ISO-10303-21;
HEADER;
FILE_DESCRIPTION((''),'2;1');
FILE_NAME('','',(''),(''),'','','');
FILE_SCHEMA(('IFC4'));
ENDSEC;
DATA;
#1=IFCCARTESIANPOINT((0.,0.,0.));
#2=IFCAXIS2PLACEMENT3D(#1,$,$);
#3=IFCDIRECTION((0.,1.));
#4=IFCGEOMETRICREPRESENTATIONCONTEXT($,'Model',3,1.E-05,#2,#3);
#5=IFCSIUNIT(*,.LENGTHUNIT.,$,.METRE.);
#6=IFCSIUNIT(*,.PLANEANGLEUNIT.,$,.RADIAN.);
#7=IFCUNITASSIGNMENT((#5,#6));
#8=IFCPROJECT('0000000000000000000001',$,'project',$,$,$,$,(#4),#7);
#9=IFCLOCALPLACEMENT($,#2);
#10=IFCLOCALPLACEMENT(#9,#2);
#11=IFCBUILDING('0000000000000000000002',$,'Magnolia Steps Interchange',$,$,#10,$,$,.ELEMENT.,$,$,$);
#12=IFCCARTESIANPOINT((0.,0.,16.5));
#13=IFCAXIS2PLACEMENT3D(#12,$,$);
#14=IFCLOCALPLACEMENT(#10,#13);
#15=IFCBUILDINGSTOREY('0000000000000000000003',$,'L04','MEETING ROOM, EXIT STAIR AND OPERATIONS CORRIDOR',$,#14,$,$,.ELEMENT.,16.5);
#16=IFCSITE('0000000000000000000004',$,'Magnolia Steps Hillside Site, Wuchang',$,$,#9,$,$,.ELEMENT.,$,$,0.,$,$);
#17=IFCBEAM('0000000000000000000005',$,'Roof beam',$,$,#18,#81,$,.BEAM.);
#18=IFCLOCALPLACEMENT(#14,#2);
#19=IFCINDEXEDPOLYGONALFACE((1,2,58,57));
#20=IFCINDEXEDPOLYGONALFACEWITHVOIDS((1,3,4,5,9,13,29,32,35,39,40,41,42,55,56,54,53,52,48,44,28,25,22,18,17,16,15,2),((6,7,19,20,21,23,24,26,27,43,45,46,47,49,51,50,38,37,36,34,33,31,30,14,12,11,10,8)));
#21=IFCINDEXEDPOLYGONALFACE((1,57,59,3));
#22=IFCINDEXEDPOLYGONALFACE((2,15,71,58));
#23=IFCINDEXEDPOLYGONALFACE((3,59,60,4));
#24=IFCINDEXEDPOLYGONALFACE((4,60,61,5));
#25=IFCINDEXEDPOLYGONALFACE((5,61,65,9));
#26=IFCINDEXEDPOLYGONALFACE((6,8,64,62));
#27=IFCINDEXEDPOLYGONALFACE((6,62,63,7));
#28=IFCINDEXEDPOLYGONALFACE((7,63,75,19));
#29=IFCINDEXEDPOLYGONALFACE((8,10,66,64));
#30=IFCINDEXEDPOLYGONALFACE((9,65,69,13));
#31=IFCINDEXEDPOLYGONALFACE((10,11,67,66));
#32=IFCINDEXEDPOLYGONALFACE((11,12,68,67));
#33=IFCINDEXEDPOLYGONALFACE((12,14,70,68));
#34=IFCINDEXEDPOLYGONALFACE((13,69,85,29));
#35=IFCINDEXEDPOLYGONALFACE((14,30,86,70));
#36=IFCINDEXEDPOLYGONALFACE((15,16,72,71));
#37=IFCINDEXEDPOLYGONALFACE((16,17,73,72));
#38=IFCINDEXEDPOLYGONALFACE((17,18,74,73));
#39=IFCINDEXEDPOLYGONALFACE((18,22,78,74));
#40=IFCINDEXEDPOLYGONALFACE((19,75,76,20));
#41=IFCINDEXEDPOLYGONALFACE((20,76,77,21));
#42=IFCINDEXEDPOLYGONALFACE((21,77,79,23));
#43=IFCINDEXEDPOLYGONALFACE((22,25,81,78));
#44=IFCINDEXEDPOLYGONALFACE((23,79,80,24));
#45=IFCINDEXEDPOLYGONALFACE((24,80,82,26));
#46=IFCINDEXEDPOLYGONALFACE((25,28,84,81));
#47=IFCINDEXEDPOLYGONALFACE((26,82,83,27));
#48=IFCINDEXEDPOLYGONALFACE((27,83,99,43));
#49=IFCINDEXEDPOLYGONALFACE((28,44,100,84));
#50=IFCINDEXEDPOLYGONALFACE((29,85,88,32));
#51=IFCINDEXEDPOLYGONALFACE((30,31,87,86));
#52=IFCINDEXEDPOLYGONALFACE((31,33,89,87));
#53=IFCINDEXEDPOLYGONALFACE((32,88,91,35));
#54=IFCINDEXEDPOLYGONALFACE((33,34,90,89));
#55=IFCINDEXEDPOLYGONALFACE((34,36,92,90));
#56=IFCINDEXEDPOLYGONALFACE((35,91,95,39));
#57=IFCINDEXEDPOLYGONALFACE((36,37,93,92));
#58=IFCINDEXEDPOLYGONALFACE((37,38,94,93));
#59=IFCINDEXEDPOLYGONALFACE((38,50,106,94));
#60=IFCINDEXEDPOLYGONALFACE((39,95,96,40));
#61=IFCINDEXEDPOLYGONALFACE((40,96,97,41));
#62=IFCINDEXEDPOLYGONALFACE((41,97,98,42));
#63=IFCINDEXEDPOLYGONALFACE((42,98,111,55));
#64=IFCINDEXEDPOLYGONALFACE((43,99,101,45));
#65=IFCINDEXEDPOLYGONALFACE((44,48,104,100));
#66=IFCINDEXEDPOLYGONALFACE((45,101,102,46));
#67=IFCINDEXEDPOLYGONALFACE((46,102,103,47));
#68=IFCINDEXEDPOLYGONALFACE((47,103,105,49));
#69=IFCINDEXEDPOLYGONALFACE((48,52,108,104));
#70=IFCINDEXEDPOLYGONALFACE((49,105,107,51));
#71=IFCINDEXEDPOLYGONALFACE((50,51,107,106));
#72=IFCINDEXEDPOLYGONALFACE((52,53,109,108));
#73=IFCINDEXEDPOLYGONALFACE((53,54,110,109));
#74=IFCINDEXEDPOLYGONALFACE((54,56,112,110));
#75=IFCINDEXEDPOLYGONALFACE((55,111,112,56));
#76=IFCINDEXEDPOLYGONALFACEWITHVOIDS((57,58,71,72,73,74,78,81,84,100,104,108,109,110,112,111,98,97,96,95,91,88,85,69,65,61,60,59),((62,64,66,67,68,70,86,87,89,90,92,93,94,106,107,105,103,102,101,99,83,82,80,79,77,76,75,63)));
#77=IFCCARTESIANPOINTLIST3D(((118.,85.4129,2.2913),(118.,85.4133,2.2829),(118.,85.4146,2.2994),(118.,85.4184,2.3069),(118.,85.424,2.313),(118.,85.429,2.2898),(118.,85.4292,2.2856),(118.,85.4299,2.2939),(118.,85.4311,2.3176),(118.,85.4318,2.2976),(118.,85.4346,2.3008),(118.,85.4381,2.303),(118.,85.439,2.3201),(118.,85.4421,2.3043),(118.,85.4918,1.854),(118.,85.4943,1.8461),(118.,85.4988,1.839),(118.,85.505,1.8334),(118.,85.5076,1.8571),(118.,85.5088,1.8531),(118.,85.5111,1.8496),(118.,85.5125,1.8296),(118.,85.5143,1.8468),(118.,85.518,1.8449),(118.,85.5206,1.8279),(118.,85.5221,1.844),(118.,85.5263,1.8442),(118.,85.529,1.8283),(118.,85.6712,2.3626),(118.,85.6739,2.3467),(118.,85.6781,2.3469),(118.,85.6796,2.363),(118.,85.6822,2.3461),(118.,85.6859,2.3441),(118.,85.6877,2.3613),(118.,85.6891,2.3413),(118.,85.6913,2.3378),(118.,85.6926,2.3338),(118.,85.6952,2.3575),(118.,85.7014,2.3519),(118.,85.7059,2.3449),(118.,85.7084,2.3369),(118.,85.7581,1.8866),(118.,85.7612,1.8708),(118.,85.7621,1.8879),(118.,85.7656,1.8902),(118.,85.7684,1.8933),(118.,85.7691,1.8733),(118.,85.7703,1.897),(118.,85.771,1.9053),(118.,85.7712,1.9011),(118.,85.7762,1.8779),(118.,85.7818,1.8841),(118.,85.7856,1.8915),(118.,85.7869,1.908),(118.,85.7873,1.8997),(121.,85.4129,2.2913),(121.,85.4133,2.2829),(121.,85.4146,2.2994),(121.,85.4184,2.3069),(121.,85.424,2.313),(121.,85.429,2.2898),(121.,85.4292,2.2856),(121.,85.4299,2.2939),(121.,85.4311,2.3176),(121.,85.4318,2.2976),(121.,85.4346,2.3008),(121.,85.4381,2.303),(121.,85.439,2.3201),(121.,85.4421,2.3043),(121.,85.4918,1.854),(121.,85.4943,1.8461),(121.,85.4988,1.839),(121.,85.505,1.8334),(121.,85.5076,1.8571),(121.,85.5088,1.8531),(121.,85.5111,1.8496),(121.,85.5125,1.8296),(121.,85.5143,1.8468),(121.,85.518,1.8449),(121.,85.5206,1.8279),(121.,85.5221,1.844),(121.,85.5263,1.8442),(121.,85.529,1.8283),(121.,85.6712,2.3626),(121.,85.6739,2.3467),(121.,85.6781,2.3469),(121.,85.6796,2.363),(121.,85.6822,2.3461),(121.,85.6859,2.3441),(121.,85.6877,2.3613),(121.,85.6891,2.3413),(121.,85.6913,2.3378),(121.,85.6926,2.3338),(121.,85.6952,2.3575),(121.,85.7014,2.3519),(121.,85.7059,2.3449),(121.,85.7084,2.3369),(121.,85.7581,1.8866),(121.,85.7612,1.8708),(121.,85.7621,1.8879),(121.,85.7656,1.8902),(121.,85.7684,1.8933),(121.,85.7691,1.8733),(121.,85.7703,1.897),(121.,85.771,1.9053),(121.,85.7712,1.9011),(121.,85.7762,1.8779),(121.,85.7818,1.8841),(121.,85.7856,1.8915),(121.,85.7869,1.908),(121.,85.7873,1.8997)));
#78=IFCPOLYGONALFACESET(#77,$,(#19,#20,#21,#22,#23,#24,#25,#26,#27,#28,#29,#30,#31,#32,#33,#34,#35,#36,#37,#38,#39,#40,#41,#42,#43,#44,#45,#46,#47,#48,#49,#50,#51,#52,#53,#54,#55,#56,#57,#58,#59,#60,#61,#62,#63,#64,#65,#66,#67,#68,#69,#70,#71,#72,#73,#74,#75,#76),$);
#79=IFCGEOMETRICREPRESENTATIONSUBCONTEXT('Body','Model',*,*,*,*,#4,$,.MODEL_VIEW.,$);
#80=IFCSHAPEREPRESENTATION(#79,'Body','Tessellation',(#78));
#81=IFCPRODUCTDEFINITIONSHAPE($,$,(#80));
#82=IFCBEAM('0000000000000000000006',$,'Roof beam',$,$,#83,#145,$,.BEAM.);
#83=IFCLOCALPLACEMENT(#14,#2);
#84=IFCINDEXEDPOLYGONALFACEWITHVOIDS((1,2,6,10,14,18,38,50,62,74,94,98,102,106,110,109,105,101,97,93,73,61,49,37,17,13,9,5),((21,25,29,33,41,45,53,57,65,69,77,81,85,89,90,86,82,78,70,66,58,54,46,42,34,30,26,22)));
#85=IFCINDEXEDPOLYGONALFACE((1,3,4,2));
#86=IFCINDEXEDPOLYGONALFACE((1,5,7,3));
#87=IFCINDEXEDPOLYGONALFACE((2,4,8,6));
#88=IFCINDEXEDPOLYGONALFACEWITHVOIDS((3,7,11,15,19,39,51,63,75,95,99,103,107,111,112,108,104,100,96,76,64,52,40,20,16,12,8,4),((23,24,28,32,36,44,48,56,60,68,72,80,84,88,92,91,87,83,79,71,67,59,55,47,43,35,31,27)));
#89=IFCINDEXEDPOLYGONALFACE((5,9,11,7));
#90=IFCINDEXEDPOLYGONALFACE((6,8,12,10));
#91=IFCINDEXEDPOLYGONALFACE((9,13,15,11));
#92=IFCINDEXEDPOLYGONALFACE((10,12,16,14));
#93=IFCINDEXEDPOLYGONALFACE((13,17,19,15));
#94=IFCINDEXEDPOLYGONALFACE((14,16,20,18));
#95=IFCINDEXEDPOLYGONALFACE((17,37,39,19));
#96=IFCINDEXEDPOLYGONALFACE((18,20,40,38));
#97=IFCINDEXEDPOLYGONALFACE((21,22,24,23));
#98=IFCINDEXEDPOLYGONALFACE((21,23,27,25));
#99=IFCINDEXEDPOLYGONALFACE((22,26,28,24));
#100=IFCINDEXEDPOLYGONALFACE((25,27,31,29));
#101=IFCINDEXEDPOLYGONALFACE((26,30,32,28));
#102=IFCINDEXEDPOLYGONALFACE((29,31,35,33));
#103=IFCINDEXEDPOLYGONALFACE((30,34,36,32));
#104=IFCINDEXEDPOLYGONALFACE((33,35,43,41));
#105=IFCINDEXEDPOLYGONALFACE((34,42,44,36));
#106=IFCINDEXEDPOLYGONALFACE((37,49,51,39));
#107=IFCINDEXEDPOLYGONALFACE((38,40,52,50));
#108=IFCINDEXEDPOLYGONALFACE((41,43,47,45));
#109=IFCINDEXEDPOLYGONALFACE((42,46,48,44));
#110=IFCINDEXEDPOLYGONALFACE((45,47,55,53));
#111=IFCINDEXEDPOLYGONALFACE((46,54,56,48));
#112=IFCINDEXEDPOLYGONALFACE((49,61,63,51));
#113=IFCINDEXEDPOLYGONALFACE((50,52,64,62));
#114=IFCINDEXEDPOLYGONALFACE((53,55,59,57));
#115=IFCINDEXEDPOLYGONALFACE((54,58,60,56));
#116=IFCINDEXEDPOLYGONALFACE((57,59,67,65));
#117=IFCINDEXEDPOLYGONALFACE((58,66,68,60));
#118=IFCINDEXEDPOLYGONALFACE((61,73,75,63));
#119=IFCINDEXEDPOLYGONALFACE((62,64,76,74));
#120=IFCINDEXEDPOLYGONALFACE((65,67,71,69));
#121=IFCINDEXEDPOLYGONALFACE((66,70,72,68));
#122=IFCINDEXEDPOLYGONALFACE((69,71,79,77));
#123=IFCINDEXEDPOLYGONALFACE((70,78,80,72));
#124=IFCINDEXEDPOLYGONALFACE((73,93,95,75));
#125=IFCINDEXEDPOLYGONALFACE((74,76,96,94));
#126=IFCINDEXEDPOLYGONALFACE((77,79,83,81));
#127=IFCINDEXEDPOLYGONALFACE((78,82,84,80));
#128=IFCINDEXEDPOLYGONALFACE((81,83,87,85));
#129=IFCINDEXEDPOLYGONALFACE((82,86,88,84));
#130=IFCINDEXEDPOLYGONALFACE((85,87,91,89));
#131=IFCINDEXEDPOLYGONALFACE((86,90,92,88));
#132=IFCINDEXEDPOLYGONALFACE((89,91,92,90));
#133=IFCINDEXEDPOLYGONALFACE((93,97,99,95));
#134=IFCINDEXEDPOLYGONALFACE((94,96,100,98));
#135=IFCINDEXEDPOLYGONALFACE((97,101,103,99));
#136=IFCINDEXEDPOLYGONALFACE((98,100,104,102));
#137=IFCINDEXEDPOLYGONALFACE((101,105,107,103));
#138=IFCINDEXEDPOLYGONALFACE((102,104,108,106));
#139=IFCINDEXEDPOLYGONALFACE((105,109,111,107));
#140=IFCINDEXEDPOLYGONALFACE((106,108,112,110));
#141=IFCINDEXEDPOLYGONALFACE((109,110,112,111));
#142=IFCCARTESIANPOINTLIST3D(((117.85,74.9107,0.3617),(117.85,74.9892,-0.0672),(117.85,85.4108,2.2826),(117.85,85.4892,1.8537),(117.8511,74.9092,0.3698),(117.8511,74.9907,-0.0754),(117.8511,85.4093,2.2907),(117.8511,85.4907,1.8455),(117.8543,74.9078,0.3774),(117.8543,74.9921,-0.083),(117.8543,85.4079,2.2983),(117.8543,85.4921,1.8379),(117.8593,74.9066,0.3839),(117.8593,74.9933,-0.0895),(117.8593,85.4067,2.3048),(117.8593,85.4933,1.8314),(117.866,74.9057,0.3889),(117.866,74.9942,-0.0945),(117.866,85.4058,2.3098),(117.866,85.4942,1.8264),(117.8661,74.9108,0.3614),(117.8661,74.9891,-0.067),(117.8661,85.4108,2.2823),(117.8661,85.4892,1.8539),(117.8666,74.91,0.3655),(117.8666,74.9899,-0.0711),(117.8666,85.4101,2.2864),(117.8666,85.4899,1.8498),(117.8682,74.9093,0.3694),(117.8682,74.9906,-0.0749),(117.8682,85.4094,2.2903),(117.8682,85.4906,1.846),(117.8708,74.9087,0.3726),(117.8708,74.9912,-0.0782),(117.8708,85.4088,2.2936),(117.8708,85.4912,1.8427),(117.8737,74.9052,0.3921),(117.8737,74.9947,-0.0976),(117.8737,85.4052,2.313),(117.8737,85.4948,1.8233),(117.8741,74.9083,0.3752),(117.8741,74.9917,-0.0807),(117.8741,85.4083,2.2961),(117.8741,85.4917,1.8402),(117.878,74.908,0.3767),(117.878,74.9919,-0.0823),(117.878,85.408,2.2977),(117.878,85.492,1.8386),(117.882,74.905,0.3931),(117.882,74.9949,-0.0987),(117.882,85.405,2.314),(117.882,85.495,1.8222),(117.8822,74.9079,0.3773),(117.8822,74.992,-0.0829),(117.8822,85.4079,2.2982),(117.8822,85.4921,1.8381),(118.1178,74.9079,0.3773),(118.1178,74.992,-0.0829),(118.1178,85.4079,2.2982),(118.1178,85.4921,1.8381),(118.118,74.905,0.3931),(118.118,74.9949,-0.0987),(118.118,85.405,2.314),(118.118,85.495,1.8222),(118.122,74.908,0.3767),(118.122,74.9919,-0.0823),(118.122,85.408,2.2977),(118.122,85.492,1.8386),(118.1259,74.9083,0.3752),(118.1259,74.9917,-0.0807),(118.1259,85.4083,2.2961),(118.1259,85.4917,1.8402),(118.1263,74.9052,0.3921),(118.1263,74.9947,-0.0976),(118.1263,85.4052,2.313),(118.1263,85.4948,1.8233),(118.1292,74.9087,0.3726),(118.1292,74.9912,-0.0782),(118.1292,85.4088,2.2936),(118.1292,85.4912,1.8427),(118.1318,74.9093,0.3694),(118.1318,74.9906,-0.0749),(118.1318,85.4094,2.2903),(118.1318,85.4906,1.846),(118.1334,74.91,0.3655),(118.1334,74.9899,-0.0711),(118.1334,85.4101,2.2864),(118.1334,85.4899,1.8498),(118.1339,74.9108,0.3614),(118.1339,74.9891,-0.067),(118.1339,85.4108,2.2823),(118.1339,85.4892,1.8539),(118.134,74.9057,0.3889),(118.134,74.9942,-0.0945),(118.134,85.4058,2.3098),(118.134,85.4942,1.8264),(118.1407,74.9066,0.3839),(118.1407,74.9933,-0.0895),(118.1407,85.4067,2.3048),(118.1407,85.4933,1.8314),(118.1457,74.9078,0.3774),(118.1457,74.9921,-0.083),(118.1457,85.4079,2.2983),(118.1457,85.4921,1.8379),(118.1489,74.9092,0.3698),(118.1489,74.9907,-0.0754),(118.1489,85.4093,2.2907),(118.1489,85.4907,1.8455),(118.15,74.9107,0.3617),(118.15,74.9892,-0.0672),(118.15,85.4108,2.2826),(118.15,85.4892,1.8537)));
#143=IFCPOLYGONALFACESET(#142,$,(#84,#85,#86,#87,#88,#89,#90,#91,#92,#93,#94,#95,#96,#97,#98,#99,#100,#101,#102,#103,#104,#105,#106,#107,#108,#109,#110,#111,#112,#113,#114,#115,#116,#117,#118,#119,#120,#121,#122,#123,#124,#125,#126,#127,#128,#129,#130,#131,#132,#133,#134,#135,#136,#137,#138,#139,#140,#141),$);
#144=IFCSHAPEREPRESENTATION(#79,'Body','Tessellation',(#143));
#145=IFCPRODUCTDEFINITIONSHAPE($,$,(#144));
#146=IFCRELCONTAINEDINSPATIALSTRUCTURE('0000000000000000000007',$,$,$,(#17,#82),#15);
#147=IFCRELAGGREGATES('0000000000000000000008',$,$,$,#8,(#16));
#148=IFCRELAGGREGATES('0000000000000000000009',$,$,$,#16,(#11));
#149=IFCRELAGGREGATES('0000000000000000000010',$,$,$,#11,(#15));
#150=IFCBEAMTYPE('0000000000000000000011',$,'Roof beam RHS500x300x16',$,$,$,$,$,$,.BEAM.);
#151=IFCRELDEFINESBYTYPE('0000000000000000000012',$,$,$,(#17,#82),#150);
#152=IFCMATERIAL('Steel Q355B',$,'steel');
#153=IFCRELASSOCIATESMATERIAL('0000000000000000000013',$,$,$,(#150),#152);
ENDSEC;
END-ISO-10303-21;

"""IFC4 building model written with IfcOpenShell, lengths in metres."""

from ifc_helpers import new_model, si_unit, direction, frame, origin, origin_2d, place, context, subcontext, project, spatial, hollow_rectangle, extrude, material, material_profile, profile_set, type_object, element, save


model = new_model("IFC4")

# Units and contexts
model_context = context("Model", 3, precision=1e-05, world=origin(), true_north=direction((0.0, 1.0)))
body_context = subcontext(model_context, "Body", "Model", "MODEL_VIEW")
ifc_project = project(units=[si_unit("LENGTHUNIT", "METRE"), si_unit("PLANEANGLEUNIT", "RADIAN")], contexts=[model_context])

# Site, building, storey
site_placement = place(None, origin())
site = spatial("IfcSite", under=ifc_project, at=site_placement, Name="Magnolia Steps Hillside Site, Wuchang", CompositionType="ELEMENT", RefElevation=0.0)
building_placement = place(site_placement, origin())
building = spatial("IfcBuilding", under=site, at=building_placement, Name="Magnolia Steps Interchange", CompositionType="ELEMENT")
storey_placement = place(building_placement, frame((0.0, 0.0, 16.5)))
storey = spatial("IfcBuildingStorey", under=building, at=storey_placement, Name="L04", Description="MEETING ROOM, EXIT STAIR AND OPERATIONS CORRIDOR", CompositionType="ELEMENT", Elevation=16.5)

# Beams
ifc_material_1 = material(Name="Steel Q355B", Category="steel")
ifc_material_profile_1 = material_profile(ifc_material_1, hollow_rectangle(XDim=0.3, YDim=0.5, WallThickness=0.0161, InnerFilletRadius=0.0161, OuterFilletRadius=0.032, at=origin_2d()), Name="RHS500x300x16")
ifc_profile_set_1 = profile_set([ifc_material_profile_1], Name="Steel Q355B")
beam_type_1 = type_object("IfcBeamType", Name="Roof beam RHS500x300x16", PredefinedType="BEAM", material=ifc_profile_set_1)
beam_1_placement = place(storey_placement, frame((118.0, 85.6001, 2.0955), z_axis=(1.0, 0.0, 0.0), x_axis=(0.0, 0.983677, 0.179941)))
element("IfcBeam", 1, at=beam_1_placement, inside=storey, type_object=beam_type_1, Name="Roof beam", PredefinedType="BEAM", context=body_context, shape_type="SweptSolid", body=[
    extrude(hollow_rectangle(XDim=0.3, YDim=0.5, WallThickness=0.0161, InnerFilletRadius=0.0161, OuterFilletRadius=0.032, at=origin_2d()), origin(), (0.0, 0.0, 1.0), 3.0),
])
beam_2_placement = place(storey_placement, frame((118.0, 74.95, 0.1472), z_axis=(0.0, 0.983675, 0.179956), x_axis=(-1.0, 0.0, 0.0)))
element("IfcBeam", 2, at=beam_2_placement, inside=storey, type_object=beam_type_1, Name="Roof beam", PredefinedType="BEAM", context=body_context, shape_type="SweptSolid", body=[
    extrude(hollow_rectangle(XDim=0.3, YDim=0.5, WallThickness=0.0161, InnerFilletRadius=0.0161, OuterFilletRadius=0.032, at=origin_2d()), origin(), (0.0, 0.0, 1.0), 10.6743),
])

save(model, "model.ifc")
